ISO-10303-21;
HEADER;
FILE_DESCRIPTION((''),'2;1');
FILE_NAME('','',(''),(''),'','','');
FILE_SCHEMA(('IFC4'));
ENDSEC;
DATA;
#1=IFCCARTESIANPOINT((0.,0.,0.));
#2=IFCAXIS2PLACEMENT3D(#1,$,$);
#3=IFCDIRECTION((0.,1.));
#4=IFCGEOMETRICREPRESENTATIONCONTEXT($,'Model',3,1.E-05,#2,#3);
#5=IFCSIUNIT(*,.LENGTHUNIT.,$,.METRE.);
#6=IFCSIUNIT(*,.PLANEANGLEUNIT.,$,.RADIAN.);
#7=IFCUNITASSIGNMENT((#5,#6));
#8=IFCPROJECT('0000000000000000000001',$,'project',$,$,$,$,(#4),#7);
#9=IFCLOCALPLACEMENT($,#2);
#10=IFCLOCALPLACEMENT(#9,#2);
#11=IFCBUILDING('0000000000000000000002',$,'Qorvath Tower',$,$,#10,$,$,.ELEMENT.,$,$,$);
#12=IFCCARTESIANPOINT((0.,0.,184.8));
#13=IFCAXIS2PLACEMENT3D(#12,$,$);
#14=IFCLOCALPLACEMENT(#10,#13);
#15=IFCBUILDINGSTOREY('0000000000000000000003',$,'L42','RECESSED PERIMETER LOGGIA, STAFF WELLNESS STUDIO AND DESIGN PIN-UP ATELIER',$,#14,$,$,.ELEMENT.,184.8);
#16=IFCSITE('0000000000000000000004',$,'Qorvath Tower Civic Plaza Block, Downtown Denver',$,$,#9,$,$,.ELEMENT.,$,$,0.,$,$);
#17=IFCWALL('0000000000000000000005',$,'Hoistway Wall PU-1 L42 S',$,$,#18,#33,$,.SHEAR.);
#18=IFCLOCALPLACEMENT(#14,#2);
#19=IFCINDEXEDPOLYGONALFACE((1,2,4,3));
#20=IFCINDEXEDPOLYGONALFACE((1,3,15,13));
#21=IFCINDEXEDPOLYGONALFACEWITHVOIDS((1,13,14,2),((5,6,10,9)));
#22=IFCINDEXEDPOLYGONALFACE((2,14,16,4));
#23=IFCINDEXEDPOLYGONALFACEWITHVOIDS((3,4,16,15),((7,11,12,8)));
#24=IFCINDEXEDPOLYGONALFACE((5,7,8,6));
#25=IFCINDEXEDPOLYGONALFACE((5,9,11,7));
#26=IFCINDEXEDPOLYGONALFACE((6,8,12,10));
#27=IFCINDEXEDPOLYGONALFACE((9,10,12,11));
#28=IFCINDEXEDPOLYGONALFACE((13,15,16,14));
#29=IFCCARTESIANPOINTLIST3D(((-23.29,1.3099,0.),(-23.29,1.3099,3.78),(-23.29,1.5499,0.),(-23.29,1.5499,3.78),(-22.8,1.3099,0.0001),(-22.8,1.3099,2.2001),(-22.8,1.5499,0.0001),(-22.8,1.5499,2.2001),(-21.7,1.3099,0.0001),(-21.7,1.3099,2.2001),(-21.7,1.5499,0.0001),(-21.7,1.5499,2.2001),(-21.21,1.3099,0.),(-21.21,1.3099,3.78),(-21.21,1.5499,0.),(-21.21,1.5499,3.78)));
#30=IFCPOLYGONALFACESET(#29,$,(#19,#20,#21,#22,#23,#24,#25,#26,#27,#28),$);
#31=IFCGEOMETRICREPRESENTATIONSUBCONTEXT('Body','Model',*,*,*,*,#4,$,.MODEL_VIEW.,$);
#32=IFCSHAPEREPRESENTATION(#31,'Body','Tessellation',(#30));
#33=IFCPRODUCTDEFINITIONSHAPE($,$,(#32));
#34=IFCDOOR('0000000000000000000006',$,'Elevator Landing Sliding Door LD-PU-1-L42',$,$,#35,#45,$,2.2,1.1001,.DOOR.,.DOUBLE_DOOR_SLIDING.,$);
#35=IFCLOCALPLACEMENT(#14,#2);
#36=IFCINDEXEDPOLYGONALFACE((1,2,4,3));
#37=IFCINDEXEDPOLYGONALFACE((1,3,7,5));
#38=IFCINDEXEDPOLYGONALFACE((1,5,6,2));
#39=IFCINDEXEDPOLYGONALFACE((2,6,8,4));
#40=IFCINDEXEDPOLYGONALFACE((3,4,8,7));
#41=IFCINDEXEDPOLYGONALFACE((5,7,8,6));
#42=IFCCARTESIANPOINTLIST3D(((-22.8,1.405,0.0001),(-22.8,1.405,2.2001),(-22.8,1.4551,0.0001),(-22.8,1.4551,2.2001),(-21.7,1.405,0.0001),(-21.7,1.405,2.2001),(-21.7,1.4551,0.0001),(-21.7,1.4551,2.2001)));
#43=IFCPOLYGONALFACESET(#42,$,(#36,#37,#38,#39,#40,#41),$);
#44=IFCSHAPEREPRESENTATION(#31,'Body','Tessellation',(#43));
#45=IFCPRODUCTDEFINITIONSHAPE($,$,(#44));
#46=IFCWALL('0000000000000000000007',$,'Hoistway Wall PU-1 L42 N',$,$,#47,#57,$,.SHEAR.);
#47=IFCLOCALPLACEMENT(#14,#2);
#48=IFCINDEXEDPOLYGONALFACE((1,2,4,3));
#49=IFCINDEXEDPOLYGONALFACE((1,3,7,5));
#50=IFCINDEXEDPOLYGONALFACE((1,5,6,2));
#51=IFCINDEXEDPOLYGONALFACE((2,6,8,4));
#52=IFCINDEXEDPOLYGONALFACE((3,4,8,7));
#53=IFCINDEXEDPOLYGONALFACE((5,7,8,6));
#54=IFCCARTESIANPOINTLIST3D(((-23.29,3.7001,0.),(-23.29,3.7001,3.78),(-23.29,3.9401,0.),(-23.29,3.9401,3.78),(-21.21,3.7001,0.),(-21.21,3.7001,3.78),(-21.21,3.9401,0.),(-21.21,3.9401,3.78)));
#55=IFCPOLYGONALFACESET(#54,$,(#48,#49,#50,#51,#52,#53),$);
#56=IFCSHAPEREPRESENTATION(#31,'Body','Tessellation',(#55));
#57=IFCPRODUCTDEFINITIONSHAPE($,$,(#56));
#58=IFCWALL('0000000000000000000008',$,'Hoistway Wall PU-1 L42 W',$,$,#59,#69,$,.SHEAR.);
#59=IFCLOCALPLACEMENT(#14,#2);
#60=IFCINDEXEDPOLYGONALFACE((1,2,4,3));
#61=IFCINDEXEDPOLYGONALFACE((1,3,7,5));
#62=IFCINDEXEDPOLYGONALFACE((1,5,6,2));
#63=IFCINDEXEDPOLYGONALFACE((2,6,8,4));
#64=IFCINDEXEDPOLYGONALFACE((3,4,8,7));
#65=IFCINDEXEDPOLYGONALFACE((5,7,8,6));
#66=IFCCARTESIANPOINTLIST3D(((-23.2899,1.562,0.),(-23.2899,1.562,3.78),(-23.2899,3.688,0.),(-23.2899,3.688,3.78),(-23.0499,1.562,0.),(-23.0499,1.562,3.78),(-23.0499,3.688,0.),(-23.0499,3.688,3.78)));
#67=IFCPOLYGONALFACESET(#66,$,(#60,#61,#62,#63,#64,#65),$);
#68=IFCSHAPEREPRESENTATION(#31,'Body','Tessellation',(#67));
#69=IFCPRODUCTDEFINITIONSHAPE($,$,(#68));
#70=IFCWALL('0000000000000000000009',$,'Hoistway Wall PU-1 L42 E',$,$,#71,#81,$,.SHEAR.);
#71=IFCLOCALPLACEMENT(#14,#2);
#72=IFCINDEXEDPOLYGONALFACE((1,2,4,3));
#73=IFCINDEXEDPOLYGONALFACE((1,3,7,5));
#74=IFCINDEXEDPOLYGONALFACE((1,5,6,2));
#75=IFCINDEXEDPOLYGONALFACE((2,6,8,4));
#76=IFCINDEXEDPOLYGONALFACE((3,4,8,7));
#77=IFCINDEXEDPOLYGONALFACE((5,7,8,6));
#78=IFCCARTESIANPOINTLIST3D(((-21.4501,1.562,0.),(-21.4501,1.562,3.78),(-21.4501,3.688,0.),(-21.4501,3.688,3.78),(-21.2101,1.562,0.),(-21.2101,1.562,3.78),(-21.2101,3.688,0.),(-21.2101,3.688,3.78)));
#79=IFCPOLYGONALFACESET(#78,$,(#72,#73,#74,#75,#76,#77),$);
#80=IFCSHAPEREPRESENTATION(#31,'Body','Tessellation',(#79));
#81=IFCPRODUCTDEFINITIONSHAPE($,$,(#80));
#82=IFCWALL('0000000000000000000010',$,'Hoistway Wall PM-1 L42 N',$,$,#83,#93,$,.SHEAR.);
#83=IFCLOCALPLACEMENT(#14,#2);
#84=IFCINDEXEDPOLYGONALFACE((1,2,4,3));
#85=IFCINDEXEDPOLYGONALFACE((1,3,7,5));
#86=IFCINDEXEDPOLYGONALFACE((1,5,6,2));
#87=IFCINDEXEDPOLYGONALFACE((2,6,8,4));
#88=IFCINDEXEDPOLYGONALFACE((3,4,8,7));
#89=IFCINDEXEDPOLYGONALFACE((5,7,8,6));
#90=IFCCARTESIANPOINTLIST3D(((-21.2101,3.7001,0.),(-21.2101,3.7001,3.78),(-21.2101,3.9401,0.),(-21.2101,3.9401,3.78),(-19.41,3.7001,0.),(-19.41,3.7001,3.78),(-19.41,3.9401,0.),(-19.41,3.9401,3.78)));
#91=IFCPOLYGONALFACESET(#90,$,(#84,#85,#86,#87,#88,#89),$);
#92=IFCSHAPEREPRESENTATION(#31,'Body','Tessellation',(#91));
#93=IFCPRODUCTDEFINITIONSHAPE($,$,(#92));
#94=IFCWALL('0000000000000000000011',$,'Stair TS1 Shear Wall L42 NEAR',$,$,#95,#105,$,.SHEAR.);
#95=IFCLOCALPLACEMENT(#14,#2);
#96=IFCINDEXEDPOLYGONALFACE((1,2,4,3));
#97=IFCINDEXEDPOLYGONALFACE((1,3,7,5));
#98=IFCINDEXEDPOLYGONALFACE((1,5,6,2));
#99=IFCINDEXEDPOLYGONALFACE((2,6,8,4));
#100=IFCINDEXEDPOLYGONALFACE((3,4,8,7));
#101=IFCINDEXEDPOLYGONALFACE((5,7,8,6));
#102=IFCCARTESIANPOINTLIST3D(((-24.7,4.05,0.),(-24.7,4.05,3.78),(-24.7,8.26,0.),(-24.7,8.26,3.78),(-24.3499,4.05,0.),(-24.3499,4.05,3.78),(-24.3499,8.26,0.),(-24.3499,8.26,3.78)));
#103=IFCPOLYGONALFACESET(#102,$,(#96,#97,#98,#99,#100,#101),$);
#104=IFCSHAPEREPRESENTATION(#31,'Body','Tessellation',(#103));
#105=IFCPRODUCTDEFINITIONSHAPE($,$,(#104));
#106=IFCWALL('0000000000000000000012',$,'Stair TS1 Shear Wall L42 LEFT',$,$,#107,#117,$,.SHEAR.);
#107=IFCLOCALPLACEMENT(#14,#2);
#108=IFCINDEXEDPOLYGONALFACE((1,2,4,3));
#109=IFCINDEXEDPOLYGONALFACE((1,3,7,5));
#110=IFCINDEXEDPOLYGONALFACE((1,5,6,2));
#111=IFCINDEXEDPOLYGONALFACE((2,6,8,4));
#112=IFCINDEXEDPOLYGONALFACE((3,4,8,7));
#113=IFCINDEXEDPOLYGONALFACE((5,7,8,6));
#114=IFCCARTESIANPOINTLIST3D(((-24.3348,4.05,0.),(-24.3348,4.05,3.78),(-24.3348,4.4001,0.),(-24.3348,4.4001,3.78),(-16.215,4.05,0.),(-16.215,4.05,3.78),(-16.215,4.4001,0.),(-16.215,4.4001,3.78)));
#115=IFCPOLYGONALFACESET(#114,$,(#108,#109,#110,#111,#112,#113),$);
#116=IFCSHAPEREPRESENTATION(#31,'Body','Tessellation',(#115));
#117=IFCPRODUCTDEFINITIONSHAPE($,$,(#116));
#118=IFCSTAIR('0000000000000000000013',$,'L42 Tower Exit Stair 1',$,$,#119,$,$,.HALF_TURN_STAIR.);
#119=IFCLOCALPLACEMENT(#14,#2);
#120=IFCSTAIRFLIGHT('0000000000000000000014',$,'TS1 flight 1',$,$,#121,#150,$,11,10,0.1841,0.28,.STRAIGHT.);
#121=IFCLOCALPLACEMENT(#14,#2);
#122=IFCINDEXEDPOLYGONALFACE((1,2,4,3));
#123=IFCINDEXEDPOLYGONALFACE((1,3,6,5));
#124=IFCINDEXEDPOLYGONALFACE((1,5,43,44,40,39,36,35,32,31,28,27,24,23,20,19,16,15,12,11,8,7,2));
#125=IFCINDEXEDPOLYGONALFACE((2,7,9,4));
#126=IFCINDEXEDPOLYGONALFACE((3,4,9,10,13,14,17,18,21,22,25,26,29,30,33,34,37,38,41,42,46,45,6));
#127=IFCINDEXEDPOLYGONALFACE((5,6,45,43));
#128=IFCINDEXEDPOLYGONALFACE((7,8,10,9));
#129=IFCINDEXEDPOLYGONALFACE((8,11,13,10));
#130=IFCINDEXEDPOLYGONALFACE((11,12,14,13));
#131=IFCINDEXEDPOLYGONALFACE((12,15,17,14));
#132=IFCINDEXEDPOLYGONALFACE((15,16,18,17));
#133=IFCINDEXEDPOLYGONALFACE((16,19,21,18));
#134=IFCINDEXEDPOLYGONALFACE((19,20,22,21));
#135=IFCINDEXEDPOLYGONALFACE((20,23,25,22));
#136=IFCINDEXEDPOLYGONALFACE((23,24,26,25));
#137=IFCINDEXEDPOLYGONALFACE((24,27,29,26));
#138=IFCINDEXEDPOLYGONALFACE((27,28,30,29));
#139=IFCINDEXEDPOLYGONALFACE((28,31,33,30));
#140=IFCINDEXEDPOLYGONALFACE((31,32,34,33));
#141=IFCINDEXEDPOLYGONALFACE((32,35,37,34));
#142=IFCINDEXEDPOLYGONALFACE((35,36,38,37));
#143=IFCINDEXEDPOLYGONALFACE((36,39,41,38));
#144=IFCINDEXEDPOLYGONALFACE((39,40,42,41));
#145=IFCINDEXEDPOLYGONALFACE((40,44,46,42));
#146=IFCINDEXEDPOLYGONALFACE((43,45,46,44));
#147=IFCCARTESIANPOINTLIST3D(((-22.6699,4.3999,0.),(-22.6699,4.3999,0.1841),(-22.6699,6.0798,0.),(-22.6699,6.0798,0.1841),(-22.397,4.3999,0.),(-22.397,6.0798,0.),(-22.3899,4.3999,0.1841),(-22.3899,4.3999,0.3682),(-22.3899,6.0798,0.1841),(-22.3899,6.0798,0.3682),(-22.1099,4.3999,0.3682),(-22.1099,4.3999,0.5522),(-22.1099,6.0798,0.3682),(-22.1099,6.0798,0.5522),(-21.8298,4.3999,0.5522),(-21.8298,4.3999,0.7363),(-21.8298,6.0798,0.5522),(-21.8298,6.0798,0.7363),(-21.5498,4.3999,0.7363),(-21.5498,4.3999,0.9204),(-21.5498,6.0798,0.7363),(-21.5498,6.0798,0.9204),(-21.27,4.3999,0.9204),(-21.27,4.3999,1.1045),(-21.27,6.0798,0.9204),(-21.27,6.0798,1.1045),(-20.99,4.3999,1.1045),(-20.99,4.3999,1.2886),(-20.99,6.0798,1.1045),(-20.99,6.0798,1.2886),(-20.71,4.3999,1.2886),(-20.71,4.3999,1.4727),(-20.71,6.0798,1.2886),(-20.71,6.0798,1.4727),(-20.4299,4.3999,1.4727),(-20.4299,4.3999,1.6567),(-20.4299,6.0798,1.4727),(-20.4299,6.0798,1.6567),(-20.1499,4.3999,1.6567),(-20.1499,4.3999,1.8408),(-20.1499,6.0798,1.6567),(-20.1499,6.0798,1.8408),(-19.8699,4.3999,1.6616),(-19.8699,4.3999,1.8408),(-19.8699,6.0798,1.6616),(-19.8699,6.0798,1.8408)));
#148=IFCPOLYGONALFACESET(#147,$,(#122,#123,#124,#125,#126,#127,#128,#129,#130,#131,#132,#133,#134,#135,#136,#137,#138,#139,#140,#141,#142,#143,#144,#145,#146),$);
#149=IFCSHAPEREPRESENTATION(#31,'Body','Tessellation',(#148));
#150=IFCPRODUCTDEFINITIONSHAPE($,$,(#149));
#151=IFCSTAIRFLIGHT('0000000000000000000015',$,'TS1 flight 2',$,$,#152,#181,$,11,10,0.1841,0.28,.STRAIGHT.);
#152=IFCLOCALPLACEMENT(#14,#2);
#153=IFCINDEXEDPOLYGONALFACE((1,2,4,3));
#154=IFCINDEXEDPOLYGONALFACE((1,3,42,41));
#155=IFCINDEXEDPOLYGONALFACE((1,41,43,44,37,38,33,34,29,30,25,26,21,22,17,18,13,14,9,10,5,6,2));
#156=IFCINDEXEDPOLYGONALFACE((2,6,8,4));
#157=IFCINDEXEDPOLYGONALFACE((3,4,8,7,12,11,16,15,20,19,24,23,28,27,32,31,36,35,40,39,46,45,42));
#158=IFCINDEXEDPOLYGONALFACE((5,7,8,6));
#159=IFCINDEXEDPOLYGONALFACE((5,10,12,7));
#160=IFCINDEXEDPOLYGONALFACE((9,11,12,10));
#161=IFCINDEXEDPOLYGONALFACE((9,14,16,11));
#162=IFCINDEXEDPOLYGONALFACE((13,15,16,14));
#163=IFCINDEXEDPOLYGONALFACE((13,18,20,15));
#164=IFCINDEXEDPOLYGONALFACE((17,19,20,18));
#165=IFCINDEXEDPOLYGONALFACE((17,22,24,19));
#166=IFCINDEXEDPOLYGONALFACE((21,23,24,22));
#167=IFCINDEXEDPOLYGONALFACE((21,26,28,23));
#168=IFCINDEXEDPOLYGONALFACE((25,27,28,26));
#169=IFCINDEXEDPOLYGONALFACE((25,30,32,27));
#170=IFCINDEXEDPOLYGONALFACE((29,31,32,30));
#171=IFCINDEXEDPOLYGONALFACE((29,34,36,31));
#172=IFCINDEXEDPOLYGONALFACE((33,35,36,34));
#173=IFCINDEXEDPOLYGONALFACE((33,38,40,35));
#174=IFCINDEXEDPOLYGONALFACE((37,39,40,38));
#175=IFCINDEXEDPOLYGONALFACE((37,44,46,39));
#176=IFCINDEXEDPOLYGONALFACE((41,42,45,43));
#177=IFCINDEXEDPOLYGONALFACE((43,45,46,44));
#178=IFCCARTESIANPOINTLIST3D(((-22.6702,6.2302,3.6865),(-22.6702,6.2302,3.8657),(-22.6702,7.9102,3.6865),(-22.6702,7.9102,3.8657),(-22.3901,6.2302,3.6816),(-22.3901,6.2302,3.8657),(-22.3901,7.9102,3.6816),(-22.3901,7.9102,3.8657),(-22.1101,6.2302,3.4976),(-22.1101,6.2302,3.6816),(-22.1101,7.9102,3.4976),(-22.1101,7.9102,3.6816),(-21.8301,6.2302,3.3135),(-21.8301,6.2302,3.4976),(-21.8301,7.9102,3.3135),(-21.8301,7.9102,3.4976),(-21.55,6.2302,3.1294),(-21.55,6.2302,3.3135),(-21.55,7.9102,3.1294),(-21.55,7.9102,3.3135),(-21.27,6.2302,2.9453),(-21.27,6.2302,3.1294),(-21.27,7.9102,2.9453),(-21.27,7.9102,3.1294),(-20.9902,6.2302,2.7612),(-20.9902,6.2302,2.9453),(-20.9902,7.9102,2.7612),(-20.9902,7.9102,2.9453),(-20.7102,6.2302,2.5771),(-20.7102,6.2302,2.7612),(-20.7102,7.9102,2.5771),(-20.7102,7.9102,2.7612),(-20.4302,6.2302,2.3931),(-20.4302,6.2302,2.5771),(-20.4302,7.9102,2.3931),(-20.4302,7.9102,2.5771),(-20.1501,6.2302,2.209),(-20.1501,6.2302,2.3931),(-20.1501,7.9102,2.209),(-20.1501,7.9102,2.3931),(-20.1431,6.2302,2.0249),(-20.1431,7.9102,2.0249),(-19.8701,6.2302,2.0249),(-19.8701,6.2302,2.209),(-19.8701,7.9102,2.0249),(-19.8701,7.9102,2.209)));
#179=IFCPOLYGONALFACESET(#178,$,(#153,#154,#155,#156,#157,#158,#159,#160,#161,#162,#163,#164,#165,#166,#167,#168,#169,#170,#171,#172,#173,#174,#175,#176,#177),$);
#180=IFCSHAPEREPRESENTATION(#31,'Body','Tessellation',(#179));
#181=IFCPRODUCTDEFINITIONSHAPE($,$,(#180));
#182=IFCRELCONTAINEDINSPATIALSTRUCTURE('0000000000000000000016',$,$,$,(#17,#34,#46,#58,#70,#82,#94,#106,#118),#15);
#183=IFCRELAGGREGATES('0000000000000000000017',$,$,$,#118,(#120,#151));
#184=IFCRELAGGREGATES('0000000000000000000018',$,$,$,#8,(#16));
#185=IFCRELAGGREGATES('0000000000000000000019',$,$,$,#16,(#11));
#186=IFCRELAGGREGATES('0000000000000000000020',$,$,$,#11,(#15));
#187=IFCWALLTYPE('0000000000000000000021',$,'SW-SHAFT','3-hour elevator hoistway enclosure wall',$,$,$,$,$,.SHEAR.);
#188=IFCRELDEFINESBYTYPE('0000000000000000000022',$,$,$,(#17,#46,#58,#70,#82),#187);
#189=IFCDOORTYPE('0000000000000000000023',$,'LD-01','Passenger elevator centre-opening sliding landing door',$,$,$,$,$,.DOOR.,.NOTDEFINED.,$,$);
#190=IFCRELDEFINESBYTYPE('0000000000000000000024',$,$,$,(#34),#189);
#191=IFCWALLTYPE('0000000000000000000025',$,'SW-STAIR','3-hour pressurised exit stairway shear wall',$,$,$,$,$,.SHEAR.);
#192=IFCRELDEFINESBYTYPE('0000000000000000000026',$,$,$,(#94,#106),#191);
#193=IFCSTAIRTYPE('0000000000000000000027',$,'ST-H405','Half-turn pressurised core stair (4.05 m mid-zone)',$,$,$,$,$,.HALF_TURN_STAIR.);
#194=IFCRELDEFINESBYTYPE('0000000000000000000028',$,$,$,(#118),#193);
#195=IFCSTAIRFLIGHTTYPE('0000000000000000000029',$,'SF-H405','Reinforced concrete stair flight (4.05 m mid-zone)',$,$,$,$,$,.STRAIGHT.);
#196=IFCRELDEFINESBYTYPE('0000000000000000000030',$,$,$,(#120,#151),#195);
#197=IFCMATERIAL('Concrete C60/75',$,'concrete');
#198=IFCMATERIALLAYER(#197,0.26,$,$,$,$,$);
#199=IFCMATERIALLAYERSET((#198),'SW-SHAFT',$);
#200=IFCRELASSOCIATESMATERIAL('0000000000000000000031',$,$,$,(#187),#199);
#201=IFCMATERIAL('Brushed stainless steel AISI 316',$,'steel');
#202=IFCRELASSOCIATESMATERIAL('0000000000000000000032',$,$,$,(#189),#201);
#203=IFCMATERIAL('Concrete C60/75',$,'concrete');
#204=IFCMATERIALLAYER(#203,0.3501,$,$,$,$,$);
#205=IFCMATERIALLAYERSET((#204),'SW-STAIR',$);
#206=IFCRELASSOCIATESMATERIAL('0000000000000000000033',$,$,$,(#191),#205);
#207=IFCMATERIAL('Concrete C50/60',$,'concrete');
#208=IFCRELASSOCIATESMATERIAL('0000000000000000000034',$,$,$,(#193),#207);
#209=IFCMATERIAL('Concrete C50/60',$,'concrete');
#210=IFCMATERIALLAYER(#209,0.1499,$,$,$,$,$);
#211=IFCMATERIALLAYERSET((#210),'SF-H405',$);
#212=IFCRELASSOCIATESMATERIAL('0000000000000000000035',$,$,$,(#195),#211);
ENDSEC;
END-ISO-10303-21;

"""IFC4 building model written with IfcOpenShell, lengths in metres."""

from ifc_helpers import new_model, si_unit, direction, frame, frame_2d, origin, place, context, subcontext, project, spatial, polyline, rectangle, outline, extrude, material, layer, layer_set, type_object, element, fill, aggregate, save


model = new_model("IFC4")

# Units and contexts
model_context = context("Model", 3, precision=1e-05, world=origin(), true_north=direction((0.0, 1.0)))
body_context = subcontext(model_context, "Body", "Model", "MODEL_VIEW")
ifc_project = project(units=[si_unit("LENGTHUNIT", "METRE"), si_unit("PLANEANGLEUNIT", "RADIAN")], contexts=[model_context])

# Site, building, storey
site_placement = place(None, origin())
site = spatial("IfcSite", under=ifc_project, at=site_placement, Name="Qorvath Tower Civic Plaza Block, Downtown Denver", CompositionType="ELEMENT", RefElevation=0.0)
building_placement = place(site_placement, origin())
building = spatial("IfcBuilding", under=site, at=building_placement, Name="Qorvath Tower", CompositionType="ELEMENT")
storey_placement = place(building_placement, frame((0.0, 0.0, 184.8)))
storey = spatial("IfcBuildingStorey", under=building, at=storey_placement, Name="L42", Description="RECESSED PERIMETER LOGGIA, STAFF WELLNESS STUDIO AND DESIGN PIN-UP ATELIER", CompositionType="ELEMENT", Elevation=184.8)

# Shared definitions
ifc_material_1 = material(Name="Concrete C60/75", Category="concrete")
ifc_layer_1 = layer(ifc_material_1, 0.26)
ifc_layer_set_1 = layer_set([ifc_layer_1], Name="SW-SHAFT")
wall_type_1 = type_object("IfcWallType", Name="SW-SHAFT", Description="3-hour elevator hoistway enclosure wall", PredefinedType="SHEAR", material=ifc_layer_set_1)

# Wall, opening, door
wall_1_placement = place(storey_placement, frame((-21.21, 1.4299, 0.0), z_axis=(0.0, 0.0, 1.0), x_axis=(-1.0, 0.0, 0.0)))
wall_1 = element("IfcWall", 1, at=wall_1_placement, inside=storey, type_object=wall_type_1, Name="Hoistway Wall PU-1 L42 S", PredefinedType="SHEAR", context=body_context, shape_type="SweptSolid", body=[
    extrude(rectangle(XDim=2.0801, YDim=0.24, at=frame_2d((1.04, 0.0))), origin(), (0.0, 0.0, 1.0), 3.78),
])
opening_1_placement = place(wall_1_placement, frame((0.49, 0.0, 0.0)))
opening_1 = element("IfcOpeningElement", 2, at=opening_1_placement, cuts=wall_1, PredefinedType="OPENING", context=body_context, shape_type="SweptSolid", body=[
    extrude(rectangle(XDim=1.1001, YDim=2.2, at=frame_2d((0.55, 1.1001))), frame((0.0, 0.1299, 0.0), z_axis=(0.0, -1.0, 0.0), x_axis=(1.0, 0.0, 0.0)), (0.0, 0.0, 1.0), 0.26),
])
ifc_material_2 = material(Name="Brushed stainless steel AISI 316", Category="steel")
door_type_1 = type_object("IfcDoorType", Name="LD-01", Description="Passenger elevator centre-opening sliding landing door", OperationType="NOTDEFINED", PredefinedType="DOOR", material=ifc_material_2)
door_1_placement = place(opening_1_placement, origin())
door_1 = element("IfcDoor", 3, at=door_1_placement, inside=storey, type_object=door_type_1, Name="Elevator Landing Sliding Door LD-PU-1-L42", OperationType="DOUBLE_DOOR_SLIDING", OverallHeight=2.2, OverallWidth=1.1001, PredefinedType="DOOR", context=body_context, shape_type="SweptSolid", body=[
    extrude(rectangle(XDim=1.1001, YDim=2.2, at=frame_2d((0.55, 1.1001))), frame((0.0, 0.0249, 0.0), z_axis=(0.0, -1.0, 0.0), x_axis=(1.0, 0.0, 0.0)), (0.0, 0.0, 1.0), 0.05),
])
fill(opening_1, door_1)

# Walls
wall_2_placement = place(storey_placement, frame((-23.29, 3.8201, 0.0), z_axis=(0.0, 0.0, 1.0), x_axis=(1.0, 0.0, 0.0)))
element("IfcWall", 4, at=wall_2_placement, inside=storey, type_object=wall_type_1, Name="Hoistway Wall PU-1 L42 N", PredefinedType="SHEAR", context=body_context, shape_type="SweptSolid", body=[
    extrude(rectangle(XDim=2.0801, YDim=0.24, at=frame_2d((1.04, 0.0))), origin(), (0.0, 0.0, 1.0), 3.78),
])
for number, where, z_axis, x_axis, name in (
    (5, (-23.1699, 1.562, 0.0), (0.0, 0.0, 1.0), (0.0, 1.0, 0.0), "Hoistway Wall PU-1 L42 W"),
    (6, (-21.3301, 3.688, 0.0), (0.0, 0.0, 1.0), (0.0, -1.0, 0.0), "Hoistway Wall PU-1 L42 E"),
):
    element("IfcWall", number, at=place(storey_placement, frame(where, z_axis=z_axis, x_axis=x_axis)), inside=storey, type_object=wall_type_1, Name=name, PredefinedType="SHEAR", context=body_context, shape_type="SweptSolid", body=[
        extrude(rectangle(XDim=2.126, YDim=0.24, at=frame_2d((1.063, 0.0))), origin(), (0.0, 0.0, 1.0), 3.78),
    ])
wall_3_placement = place(storey_placement, frame((-21.21, 3.8201, 0.0), z_axis=(0.0, 0.0, 1.0), x_axis=(1.0, 0.0, 0.0)))
element("IfcWall", 7, at=wall_3_placement, inside=storey, type_object=wall_type_1, Name="Hoistway Wall PM-1 L42 N", PredefinedType="SHEAR", context=body_context, shape_type="SweptSolid", body=[
    extrude(rectangle(XDim=1.8, YDim=0.24, at=frame_2d((0.8999, 0.0))), origin(), (0.0, 0.0, 1.0), 3.78),
])
ifc_material_3 = material(Name="Concrete C60/75", Category="concrete")
ifc_layer_2 = layer(ifc_material_3, 0.3501)
ifc_layer_set_2 = layer_set([ifc_layer_2], Name="SW-STAIR")
wall_type_2 = type_object("IfcWallType", Name="SW-STAIR", Description="3-hour pressurised exit stairway shear wall", PredefinedType="SHEAR", material=ifc_layer_set_2)
wall_4_placement = place(storey_placement, frame((-24.5249, 8.26, 0.0), z_axis=(0.0, 0.0, 1.0), x_axis=(0.0, -1.0, 0.0)))
element("IfcWall", 8, at=wall_4_placement, inside=storey, type_object=wall_type_2, Name="Stair TS1 Shear Wall L42 NEAR", PredefinedType="SHEAR", context=body_context, shape_type="SweptSolid", body=[
    extrude(rectangle(XDim=4.21, YDim=0.3501, at=frame_2d((2.105, 0.0))), origin(), (0.0, 0.0, 1.0), 3.78),
])
wall_5_placement = place(storey_placement, frame((-24.335, 4.2251, 0.0), z_axis=(0.0, 0.0, 1.0), x_axis=(1.0, 0.0, 0.0)))
element("IfcWall", 9, at=wall_5_placement, inside=storey, type_object=wall_type_2, Name="Stair TS1 Shear Wall L42 LEFT", PredefinedType="SHEAR", context=body_context, shape_type="SweptSolid", body=[
    extrude(rectangle(XDim=8.1199, YDim=0.3501, at=frame_2d((4.0601, 0.0))), origin(), (0.0, 0.0, 1.0), 3.78),
])

# Stair, stair flights
ifc_material_4 = material(Name="Concrete C50/60", Category="concrete")
stair_type = type_object("IfcStairType", Name="ST-H405", Description="Half-turn pressurised core stair (4.05 m mid-zone)", PredefinedType="HALF_TURN_STAIR", material=ifc_material_4)
stair_placement = place(storey_placement, origin())
stair = element("IfcStair", 10, at=stair_placement, inside=storey, type_object=stair_type, Name="L42 Tower Exit Stair 1", PredefinedType="HALF_TURN_STAIR")
ifc_material_5 = material(Name="Concrete C50/60", Category="concrete")
ifc_layer_3 = layer(ifc_material_5, 0.1499)
ifc_layer_set_3 = layer_set([ifc_layer_3], Name="SF-H405")
stair_flight_type = type_object("IfcStairFlightType", Name="SF-H405", Description="Reinforced concrete stair flight (4.05 m mid-zone)", PredefinedType="STRAIGHT", material=ifc_layer_set_3)
stair_flight_1_placement = place(storey_placement, frame((-22.6699, 5.24, 0.0), z_axis=(0.0, 0.0, 1.0), x_axis=(1.0, 0.0, 0.0)))
stair_flight_1 = element("IfcStairFlight", 11, at=stair_flight_1_placement, type_object=stair_flight_type, Name="TS1 flight 1", NumberOfRisers=11, NumberOfTreads=10, PredefinedType="STRAIGHT", RiserHeight=0.1841, TreadLength=0.28, context=body_context, shape_type="SweptSolid", body=[
    extrude(outline(polyline([(0.0, 0.0), (0.0, 0.1841), (0.28, 0.1841), (0.28, 0.3682), (0.5601, 0.3682), (0.5601, 0.5522), (0.8401, 0.5522), (0.8401, 0.7363), (1.1201, 0.7363), (1.1201, 0.9204), (1.3999, 0.9204), (1.3999, 1.1045), (1.6799, 1.1045), (1.6799, 1.2886), (1.96, 1.2886), (1.96, 1.4727), (2.24, 1.4727), (2.24, 1.6567), (2.52, 1.6567), (2.52, 1.8408), (2.8, 1.8408), (2.8, 2.0249), (2.8, 1.6616), (0.2729, 0.0), (0.0, 0.0)])), frame((0.0, 0.8398, 0.0), z_axis=(0.0, -1.0, 0.0), x_axis=(1.0, 0.0, 0.0)), (0.0, 0.0, 1.0), 1.6799),
])
stair_flight_2_placement = place(storey_placement, frame((-19.8701, 7.0701, 2.0249), z_axis=(0.0, 0.0, 1.0), x_axis=(-1.0, 0.0, 0.0)))
stair_flight_2 = element("IfcStairFlight", 12, at=stair_flight_2_placement, type_object=stair_flight_type, Name="TS1 flight 2", NumberOfRisers=11, NumberOfTreads=10, PredefinedType="STRAIGHT", RiserHeight=0.1841, TreadLength=0.28, context=body_context, shape_type="SweptSolid", body=[
    extrude(outline(polyline([(0.0, 0.0), (0.0, 0.1841), (0.28, 0.1841), (0.28, 0.3682), (0.5601, 0.3682), (0.5601, 0.5522), (0.8401, 0.5522), (0.8401, 0.7363), (1.1201, 0.7363), (1.1201, 0.9204), (1.3999, 0.9204), (1.3999, 1.1045), (1.6799, 1.1045), (1.6799, 1.2886), (1.96, 1.2886), (1.96, 1.4727), (2.24, 1.4727), (2.24, 1.6567), (2.52, 1.6567), (2.52, 1.8408), (2.8, 1.8408), (2.8, 2.0249), (2.8, 1.6616), (0.2729, 0.0), (0.0, 0.0)])), frame((0.0, 0.8398, 0.0), z_axis=(0.0, -1.0, 0.0), x_axis=(1.0, 0.0, 0.0)), (0.0, 0.0, 1.0), 1.6799),
])
aggregate(stair, [stair_flight_1, stair_flight_2])

save(model, "model.ifc")
